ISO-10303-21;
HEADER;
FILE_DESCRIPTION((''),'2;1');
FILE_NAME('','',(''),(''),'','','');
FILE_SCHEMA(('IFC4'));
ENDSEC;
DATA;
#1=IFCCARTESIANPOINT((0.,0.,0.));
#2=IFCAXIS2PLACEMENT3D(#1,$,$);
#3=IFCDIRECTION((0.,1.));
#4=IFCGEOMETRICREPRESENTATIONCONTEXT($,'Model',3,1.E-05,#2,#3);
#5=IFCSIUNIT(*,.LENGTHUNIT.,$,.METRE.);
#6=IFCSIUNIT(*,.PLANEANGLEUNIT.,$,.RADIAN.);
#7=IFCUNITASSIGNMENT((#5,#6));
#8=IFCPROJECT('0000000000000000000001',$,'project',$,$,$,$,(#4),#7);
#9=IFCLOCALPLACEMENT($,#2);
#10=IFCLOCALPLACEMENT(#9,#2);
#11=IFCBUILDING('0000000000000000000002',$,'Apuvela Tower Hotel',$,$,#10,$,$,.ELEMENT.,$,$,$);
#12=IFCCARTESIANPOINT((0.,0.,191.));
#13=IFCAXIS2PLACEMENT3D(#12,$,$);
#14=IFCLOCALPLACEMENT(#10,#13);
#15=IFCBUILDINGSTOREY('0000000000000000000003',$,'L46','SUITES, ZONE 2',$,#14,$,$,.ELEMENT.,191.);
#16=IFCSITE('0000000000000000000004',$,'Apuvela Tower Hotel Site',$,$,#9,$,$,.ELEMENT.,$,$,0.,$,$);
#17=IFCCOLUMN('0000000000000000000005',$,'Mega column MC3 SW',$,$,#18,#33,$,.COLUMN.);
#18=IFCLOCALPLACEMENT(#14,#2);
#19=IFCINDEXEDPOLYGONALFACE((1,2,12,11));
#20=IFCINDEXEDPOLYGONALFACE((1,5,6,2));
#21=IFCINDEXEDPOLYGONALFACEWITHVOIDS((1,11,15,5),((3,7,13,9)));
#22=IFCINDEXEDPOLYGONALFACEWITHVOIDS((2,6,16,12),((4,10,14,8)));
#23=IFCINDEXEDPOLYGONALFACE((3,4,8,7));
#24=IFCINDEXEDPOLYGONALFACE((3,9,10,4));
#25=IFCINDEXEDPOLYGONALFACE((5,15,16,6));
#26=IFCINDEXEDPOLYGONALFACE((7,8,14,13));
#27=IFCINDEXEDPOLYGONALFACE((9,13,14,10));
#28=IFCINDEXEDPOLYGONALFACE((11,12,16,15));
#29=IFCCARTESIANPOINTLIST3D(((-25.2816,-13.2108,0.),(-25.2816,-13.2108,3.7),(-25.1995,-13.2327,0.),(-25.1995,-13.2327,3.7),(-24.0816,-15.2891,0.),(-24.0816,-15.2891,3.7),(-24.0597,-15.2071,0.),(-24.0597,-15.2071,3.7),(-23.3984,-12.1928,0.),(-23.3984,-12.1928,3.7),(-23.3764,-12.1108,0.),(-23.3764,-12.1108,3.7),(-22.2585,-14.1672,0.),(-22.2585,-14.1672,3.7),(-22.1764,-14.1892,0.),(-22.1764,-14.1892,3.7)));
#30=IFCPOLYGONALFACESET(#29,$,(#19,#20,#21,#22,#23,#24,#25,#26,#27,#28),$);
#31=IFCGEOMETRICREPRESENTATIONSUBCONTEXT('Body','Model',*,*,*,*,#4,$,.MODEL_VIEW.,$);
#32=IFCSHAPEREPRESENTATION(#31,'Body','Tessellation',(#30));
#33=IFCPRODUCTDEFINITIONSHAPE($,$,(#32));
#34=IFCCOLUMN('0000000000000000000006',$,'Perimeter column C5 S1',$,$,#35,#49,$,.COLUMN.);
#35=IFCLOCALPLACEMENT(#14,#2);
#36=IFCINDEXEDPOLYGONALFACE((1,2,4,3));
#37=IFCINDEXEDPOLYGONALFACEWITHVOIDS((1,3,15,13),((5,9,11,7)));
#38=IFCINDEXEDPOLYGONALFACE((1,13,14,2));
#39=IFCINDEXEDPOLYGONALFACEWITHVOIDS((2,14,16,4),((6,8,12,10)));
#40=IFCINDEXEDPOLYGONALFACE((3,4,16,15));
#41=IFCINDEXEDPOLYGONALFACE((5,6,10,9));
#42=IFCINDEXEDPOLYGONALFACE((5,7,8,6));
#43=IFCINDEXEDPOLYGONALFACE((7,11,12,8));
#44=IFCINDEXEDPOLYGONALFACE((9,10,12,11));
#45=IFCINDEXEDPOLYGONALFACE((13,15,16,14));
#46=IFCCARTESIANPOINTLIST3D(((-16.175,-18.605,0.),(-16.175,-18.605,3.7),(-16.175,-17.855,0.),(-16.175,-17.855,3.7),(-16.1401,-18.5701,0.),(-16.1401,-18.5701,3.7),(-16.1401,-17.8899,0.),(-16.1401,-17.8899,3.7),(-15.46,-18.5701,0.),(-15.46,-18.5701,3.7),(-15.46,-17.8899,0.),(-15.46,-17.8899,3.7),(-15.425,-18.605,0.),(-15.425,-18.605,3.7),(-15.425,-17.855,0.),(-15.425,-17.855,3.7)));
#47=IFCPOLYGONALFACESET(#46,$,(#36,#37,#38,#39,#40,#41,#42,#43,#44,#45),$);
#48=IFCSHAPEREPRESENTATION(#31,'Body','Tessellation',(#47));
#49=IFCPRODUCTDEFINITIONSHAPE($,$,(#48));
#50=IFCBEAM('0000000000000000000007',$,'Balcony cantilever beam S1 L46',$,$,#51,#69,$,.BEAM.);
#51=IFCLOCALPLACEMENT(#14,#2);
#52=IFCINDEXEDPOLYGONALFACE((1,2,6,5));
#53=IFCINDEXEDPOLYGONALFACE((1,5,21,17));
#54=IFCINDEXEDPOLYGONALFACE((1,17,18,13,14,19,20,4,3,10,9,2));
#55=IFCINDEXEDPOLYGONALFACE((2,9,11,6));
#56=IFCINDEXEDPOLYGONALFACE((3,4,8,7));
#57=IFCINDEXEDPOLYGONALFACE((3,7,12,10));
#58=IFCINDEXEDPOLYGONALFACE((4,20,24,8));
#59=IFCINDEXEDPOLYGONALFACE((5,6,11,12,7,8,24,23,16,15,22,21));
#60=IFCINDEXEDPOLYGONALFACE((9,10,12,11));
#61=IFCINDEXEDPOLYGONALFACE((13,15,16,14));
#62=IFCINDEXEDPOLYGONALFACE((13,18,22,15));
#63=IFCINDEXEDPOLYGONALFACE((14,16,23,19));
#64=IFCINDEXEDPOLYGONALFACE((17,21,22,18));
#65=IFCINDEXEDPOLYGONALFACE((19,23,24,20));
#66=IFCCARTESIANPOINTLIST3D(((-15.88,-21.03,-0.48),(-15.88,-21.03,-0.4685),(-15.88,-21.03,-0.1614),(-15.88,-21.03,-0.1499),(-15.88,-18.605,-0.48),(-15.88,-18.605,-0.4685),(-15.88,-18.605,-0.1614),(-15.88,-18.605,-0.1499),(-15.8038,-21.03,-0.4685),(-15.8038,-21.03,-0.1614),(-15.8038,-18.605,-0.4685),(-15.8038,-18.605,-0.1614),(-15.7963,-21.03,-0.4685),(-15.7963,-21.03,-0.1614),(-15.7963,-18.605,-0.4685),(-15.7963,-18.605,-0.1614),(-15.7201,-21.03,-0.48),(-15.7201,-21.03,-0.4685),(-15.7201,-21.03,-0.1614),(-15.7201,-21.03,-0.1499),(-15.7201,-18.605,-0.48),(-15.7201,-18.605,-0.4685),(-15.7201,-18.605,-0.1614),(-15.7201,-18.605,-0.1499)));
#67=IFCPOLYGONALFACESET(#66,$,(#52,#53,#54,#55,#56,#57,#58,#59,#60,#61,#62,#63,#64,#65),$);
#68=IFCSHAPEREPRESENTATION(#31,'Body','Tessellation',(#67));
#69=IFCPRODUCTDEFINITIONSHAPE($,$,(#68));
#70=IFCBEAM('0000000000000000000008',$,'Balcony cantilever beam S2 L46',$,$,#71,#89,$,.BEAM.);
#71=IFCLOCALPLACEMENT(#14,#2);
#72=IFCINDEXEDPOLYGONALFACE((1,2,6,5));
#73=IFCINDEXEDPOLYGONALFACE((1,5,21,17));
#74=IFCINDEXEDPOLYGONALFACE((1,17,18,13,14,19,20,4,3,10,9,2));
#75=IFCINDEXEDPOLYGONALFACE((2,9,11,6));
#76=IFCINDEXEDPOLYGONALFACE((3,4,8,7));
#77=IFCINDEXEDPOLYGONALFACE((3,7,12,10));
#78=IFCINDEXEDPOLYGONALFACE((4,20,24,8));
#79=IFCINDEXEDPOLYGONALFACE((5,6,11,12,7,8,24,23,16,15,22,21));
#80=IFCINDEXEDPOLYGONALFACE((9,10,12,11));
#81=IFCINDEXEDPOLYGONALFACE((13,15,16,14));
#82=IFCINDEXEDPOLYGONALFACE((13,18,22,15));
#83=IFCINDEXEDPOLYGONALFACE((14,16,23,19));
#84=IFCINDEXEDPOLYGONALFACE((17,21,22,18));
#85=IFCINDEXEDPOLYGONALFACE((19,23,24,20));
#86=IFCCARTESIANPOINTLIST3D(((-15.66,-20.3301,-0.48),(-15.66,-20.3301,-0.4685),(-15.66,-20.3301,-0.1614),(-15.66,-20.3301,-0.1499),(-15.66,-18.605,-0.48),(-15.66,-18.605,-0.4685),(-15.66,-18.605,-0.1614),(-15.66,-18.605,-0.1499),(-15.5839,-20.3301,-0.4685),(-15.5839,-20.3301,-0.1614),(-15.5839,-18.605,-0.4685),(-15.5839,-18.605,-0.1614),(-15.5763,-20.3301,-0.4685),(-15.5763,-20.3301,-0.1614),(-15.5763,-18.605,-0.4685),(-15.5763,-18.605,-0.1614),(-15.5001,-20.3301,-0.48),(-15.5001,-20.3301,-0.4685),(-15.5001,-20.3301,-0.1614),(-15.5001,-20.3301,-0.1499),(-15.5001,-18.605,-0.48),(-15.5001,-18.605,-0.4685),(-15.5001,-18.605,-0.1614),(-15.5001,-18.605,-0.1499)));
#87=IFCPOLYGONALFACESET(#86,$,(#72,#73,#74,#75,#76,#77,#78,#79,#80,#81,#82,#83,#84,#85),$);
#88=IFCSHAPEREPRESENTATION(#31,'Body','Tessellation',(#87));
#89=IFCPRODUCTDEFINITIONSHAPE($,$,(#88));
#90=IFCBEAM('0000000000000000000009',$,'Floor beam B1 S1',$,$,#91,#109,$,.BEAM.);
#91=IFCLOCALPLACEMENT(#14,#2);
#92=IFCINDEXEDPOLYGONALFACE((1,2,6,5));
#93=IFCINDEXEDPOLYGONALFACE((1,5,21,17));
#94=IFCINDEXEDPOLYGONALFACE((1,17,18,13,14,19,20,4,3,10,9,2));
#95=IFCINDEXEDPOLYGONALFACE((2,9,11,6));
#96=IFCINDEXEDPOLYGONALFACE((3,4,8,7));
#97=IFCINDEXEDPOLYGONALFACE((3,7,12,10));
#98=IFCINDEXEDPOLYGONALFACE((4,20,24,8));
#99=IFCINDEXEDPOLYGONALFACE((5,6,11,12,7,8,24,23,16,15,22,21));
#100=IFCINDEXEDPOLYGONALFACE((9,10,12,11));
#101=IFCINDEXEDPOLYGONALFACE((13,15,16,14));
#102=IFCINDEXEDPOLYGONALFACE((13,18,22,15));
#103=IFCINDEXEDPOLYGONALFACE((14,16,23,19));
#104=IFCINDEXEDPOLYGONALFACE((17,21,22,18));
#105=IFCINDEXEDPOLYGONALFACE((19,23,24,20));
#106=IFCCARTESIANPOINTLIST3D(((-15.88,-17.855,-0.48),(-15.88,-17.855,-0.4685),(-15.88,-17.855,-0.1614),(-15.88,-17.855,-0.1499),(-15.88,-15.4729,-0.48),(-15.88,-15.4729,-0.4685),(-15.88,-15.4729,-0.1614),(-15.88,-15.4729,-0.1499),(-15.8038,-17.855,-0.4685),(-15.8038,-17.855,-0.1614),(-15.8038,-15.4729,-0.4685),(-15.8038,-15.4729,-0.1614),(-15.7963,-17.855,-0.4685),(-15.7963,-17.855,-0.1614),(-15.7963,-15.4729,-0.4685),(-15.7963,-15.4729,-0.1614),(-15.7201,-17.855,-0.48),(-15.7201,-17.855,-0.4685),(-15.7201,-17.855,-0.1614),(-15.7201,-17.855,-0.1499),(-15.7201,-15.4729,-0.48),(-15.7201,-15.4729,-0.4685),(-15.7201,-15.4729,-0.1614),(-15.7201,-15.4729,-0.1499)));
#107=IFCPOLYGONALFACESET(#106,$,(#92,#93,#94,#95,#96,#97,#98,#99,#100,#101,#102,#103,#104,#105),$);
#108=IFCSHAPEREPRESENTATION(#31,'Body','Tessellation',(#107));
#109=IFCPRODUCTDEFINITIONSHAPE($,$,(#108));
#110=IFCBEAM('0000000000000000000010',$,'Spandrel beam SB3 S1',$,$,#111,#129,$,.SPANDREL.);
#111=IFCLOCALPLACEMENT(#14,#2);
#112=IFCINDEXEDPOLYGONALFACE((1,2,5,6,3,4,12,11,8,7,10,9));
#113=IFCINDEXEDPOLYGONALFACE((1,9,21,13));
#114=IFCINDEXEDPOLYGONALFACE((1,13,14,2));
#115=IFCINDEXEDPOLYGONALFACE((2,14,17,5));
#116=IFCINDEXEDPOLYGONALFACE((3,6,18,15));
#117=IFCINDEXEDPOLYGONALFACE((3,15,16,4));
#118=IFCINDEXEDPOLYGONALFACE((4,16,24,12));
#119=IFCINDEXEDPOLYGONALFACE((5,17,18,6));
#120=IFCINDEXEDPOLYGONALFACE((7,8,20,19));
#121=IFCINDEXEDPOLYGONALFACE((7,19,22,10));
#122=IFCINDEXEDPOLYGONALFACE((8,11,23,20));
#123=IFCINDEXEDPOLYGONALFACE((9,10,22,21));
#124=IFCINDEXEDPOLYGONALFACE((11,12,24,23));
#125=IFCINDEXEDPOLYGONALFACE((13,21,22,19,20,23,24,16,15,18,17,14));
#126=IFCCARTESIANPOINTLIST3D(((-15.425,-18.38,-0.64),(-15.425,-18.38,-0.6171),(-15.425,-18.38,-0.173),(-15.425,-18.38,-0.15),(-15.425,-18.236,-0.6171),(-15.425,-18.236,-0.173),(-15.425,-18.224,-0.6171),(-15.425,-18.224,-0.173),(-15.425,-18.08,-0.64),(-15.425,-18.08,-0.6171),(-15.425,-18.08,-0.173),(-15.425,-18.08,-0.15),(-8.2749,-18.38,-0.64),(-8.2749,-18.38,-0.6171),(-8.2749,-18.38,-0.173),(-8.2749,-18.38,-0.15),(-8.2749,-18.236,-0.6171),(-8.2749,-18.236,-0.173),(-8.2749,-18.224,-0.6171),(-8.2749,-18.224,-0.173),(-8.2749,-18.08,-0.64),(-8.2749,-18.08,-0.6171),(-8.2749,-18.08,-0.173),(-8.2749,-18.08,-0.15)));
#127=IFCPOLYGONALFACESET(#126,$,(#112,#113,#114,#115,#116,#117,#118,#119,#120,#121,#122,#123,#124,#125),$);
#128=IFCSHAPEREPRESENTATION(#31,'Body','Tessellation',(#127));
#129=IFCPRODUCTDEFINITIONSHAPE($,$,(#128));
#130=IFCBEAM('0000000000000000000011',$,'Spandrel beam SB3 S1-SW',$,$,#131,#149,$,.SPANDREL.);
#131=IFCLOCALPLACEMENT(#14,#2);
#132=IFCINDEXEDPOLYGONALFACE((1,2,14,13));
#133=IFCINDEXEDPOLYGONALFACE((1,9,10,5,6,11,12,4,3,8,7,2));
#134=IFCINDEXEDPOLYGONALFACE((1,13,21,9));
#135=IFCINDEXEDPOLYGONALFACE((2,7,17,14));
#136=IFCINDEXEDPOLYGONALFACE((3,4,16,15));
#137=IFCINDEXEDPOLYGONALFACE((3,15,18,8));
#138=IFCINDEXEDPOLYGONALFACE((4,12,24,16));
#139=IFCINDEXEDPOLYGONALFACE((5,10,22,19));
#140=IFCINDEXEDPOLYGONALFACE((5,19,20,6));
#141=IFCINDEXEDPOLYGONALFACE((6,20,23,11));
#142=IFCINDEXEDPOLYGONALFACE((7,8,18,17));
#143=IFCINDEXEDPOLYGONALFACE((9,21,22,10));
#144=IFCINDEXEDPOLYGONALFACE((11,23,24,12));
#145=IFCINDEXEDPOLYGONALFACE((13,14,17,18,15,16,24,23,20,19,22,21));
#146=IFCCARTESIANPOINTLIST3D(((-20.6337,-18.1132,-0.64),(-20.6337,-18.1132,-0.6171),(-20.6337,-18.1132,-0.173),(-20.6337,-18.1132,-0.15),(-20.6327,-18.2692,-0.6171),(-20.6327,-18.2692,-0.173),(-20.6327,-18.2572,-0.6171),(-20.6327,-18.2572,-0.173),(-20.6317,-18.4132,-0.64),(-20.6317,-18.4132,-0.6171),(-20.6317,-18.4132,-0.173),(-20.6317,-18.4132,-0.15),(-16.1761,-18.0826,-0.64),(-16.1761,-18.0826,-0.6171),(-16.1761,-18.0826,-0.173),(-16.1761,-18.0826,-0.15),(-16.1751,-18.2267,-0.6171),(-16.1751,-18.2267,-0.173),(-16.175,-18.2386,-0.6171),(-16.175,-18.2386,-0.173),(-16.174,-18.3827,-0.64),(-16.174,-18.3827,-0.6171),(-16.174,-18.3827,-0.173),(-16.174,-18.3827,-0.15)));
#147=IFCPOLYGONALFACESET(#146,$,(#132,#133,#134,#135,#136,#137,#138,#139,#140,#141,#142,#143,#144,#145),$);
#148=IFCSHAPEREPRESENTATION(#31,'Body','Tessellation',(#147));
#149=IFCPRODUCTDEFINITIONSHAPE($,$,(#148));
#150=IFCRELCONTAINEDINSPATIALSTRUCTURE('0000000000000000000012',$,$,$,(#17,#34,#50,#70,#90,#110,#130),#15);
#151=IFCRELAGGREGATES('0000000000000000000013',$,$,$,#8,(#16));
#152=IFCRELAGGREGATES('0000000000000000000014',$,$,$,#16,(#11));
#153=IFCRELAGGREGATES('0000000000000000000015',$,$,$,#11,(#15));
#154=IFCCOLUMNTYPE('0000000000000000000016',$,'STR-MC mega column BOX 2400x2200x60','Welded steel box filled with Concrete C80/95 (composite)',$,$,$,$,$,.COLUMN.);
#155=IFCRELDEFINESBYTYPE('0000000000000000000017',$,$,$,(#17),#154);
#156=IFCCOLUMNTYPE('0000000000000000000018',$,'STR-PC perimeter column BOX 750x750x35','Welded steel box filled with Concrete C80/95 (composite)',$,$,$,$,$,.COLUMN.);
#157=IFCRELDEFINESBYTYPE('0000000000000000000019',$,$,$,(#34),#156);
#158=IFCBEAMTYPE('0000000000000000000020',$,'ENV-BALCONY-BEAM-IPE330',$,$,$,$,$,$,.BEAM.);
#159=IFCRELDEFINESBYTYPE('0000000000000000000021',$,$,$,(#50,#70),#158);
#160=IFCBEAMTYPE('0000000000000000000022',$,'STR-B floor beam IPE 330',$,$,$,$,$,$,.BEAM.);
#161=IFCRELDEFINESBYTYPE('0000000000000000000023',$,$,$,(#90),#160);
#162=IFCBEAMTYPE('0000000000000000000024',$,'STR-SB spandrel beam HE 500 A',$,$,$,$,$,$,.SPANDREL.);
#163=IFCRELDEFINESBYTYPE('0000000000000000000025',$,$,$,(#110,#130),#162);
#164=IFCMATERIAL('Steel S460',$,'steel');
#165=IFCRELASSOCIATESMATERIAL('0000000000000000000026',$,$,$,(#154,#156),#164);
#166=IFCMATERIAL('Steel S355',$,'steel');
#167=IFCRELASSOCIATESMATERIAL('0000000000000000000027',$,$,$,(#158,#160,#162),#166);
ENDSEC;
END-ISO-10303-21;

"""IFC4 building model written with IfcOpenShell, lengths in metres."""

from ifc_helpers import new_model, si_unit, direction, frame, origin, origin_2d, place, context, subcontext, project, spatial, rectangle, hollow_rectangle, i_section, extrude, material, material_profile, profile_set, type_object, element, save


model = new_model("IFC4")

# Units and contexts
model_context = context("Model", 3, precision=1e-05, world=origin(), true_north=direction((0.0, 1.0)))
body_context = subcontext(model_context, "Body", "Model", "MODEL_VIEW")
ifc_project = project(units=[si_unit("LENGTHUNIT", "METRE"), si_unit("PLANEANGLEUNIT", "RADIAN")], contexts=[model_context])

# Site, building, storey
site_placement = place(None, origin())
site = spatial("IfcSite", under=ifc_project, at=site_placement, Name="Apuvela Tower Hotel Site", CompositionType="ELEMENT", RefElevation=0.0)
building_placement = place(site_placement, origin())
building = spatial("IfcBuilding", under=site, at=building_placement, Name="Apuvela Tower Hotel", CompositionType="ELEMENT")
storey_placement = place(building_placement, frame((0.0, 0.0, 191.0)))
storey = spatial("IfcBuildingStorey", under=building, at=storey_placement, Name="L46", Description="SUITES, ZONE 2", CompositionType="ELEMENT", Elevation=191.0)

# Columns
ifc_material_1 = material(Name="Steel S460", Category="steel")
ifc_material_profile_1 = material_profile(ifc_material_1, hollow_rectangle(XDim=2.3999, YDim=2.2, WallThickness=0.0601, at=origin_2d()), Name="BOX 2400x2200x60")
ifc_material_2 = material(Name="Concrete C80/95", Category="concrete")
ifc_material_profile_2 = material_profile(ifc_material_2, rectangle(XDim=2.28, YDim=2.0801, at=origin_2d()), Name="Concrete C80/95 infill")
ifc_profile_set_1 = profile_set([ifc_material_profile_1, ifc_material_profile_2], Name="Steel S460")
column_type_1 = type_object("IfcColumnType", Name="STR-MC mega column BOX 2400x2200x60", Description="Welded steel box filled with Concrete C80/95 (composite)", PredefinedType="COLUMN", material=ifc_profile_set_1)
column_1_placement = place(storey_placement, frame((-23.729, -13.7, 0.0), z_axis=(0.0, 0.0, 1.0), x_axis=(-0.5, 0.866025, 0.0)))
element("IfcColumn", 1, at=column_1_placement, inside=storey, type_object=column_type_1, Name="Mega column MC3 SW", PredefinedType="COLUMN", context=body_context, shape_type="SweptSolid", body=[
    extrude(hollow_rectangle(XDim=2.3999, YDim=2.2, WallThickness=0.0601, at=origin_2d()), origin(), (0.0, 0.0, 1.0), 3.7),
])
ifc_material_profile_3 = material_profile(ifc_material_1, hollow_rectangle(XDim=0.75, YDim=0.75, WallThickness=0.0349, at=origin_2d()), Name="BOX 750x750x35")
ifc_material_profile_4 = material_profile(ifc_material_2, rectangle(XDim=0.6799, YDim=0.6799, at=origin_2d()), Name="Concrete C80/95 infill")
ifc_profile_set_2 = profile_set([ifc_material_profile_3, ifc_material_profile_4], Name="Steel S460")
column_type_2 = type_object("IfcColumnType", Name="STR-PC perimeter column BOX 750x750x35", Description="Welded steel box filled with Concrete C80/95 (composite)", PredefinedType="COLUMN", material=ifc_profile_set_2)
column_2_placement = place(storey_placement, frame((-15.8, -18.23, 0.0), z_axis=(0.0, 0.0, 1.0), x_axis=(-1.0, 0.0, 0.0)))
element("IfcColumn", 2, at=column_2_placement, inside=storey, type_object=column_type_2, Name="Perimeter column C5 S1", PredefinedType="COLUMN", context=body_context, shape_type="SweptSolid", body=[
    extrude(hollow_rectangle(XDim=0.75, YDim=0.75, WallThickness=0.0349, at=origin_2d()), origin(), (0.0, 0.0, 1.0), 3.7),
])

# Beams
ifc_material_3 = material(Name="Steel S355", Category="steel")
ifc_material_profile_5 = material_profile(ifc_material_3, i_section(OverallWidth=0.1599, OverallDepth=0.3301, WebThickness=0.0076, FlangeThickness=0.0115, at=origin_2d()), Name="IPE 330")
ifc_profile_set_3 = profile_set([ifc_material_profile_5], Name="Steel S355")
beam_type_1 = type_object("IfcBeamType", Name="ENV-BALCONY-BEAM-IPE330", PredefinedType="BEAM", material=ifc_profile_set_3)
beam_1_placement = place(storey_placement, frame((-15.8, -18.605, -0.3149), z_axis=(0.0, -1.0, 0.0), x_axis=(1.0, 0.0, 0.0)))
element("IfcBeam", 3, at=beam_1_placement, inside=storey, type_object=beam_type_1, Name="Balcony cantilever beam S1 L46", PredefinedType="BEAM", context=body_context, shape_type="SweptSolid", body=[
    extrude(i_section(OverallWidth=0.1599, OverallDepth=0.3301, WebThickness=0.0076, FlangeThickness=0.0115, at=origin_2d()), origin(), (0.0, 0.0, 1.0), 2.425),
])
beam_2_placement = place(storey_placement, frame((-15.5801, -18.605, -0.3149), z_axis=(0.0, -1.0, 0.0), x_axis=(1.0, 0.0, 0.0)))
element("IfcBeam", 4, at=beam_2_placement, inside=storey, type_object=beam_type_1, Name="Balcony cantilever beam S2 L46", PredefinedType="BEAM", context=body_context, shape_type="SweptSolid", body=[
    extrude(i_section(OverallWidth=0.1599, OverallDepth=0.3301, WebThickness=0.0076, FlangeThickness=0.0115, at=origin_2d()), origin(), (0.0, 0.0, 1.0), 1.7251),
])
ifc_material_profile_6 = material_profile(ifc_material_3, i_section(OverallWidth=0.1599, OverallDepth=0.3301, WebThickness=0.0076, FlangeThickness=0.0115, at=origin_2d()), Name="IPE 330")
ifc_profile_set_4 = profile_set([ifc_material_profile_6], Name="Steel S355")
beam_type_2 = type_object("IfcBeamType", Name="STR-B floor beam IPE 330", PredefinedType="BEAM", material=ifc_profile_set_4)
beam_3_placement = place(storey_placement, frame((-15.8, -17.855, -0.3149), z_axis=(0.0, 1.0, 0.0), x_axis=(-1.0, 0.0, 0.0)))
element("IfcBeam", 5, at=beam_3_placement, inside=storey, type_object=beam_type_2, Name="Floor beam B1 S1", PredefinedType="BEAM", context=body_context, shape_type="SweptSolid", body=[
    extrude(i_section(OverallWidth=0.1599, OverallDepth=0.3301, WebThickness=0.0076, FlangeThickness=0.0115, at=origin_2d()), origin(), (0.0, 0.0, 1.0), 2.3821),
])
ifc_material_profile_7 = material_profile(ifc_material_3, i_section(OverallWidth=0.3, OverallDepth=0.49, WebThickness=0.012, FlangeThickness=0.0229, at=origin_2d()), Name="HE 500 A")
ifc_profile_set_5 = profile_set([ifc_material_profile_7], Name="Steel S355")
beam_type_3 = type_object("IfcBeamType", Name="STR-SB spandrel beam HE 500 A", PredefinedType="SPANDREL", material=ifc_profile_set_5)
beam_4_placement = place(storey_placement, frame((-15.425, -18.23, -0.395), z_axis=(1.0, 0.0, 0.0), x_axis=(0.0, 1.0, 0.0)))
element("IfcBeam", 6, at=beam_4_placement, inside=storey, type_object=beam_type_3, Name="Spandrel beam SB3 S1", PredefinedType="SPANDREL", context=body_context, shape_type="SweptSolid", body=[
    extrude(i_section(OverallWidth=0.3, OverallDepth=0.49, WebThickness=0.012, FlangeThickness=0.0229, at=origin_2d()), origin(), (0.0, 0.0, 1.0), 7.1501),
])
beam_5_placement = place(storey_placement, frame((-16.175, -18.2327, -0.395), z_axis=(-0.999977, -0.006846, 0.0), x_axis=(0.006846, -0.999977, 0.0)))
element("IfcBeam", 7, at=beam_5_placement, inside=storey, type_object=beam_type_3, Name="Spandrel beam SB3 S1-SW", PredefinedType="SPANDREL", context=body_context, shape_type="SweptSolid", body=[
    extrude(i_section(OverallWidth=0.3, OverallDepth=0.49, WebThickness=0.012, FlangeThickness=0.0229, at=origin_2d()), origin(), (0.0, 0.0, 1.0), 4.4578),
])

save(model, "model.ifc")
